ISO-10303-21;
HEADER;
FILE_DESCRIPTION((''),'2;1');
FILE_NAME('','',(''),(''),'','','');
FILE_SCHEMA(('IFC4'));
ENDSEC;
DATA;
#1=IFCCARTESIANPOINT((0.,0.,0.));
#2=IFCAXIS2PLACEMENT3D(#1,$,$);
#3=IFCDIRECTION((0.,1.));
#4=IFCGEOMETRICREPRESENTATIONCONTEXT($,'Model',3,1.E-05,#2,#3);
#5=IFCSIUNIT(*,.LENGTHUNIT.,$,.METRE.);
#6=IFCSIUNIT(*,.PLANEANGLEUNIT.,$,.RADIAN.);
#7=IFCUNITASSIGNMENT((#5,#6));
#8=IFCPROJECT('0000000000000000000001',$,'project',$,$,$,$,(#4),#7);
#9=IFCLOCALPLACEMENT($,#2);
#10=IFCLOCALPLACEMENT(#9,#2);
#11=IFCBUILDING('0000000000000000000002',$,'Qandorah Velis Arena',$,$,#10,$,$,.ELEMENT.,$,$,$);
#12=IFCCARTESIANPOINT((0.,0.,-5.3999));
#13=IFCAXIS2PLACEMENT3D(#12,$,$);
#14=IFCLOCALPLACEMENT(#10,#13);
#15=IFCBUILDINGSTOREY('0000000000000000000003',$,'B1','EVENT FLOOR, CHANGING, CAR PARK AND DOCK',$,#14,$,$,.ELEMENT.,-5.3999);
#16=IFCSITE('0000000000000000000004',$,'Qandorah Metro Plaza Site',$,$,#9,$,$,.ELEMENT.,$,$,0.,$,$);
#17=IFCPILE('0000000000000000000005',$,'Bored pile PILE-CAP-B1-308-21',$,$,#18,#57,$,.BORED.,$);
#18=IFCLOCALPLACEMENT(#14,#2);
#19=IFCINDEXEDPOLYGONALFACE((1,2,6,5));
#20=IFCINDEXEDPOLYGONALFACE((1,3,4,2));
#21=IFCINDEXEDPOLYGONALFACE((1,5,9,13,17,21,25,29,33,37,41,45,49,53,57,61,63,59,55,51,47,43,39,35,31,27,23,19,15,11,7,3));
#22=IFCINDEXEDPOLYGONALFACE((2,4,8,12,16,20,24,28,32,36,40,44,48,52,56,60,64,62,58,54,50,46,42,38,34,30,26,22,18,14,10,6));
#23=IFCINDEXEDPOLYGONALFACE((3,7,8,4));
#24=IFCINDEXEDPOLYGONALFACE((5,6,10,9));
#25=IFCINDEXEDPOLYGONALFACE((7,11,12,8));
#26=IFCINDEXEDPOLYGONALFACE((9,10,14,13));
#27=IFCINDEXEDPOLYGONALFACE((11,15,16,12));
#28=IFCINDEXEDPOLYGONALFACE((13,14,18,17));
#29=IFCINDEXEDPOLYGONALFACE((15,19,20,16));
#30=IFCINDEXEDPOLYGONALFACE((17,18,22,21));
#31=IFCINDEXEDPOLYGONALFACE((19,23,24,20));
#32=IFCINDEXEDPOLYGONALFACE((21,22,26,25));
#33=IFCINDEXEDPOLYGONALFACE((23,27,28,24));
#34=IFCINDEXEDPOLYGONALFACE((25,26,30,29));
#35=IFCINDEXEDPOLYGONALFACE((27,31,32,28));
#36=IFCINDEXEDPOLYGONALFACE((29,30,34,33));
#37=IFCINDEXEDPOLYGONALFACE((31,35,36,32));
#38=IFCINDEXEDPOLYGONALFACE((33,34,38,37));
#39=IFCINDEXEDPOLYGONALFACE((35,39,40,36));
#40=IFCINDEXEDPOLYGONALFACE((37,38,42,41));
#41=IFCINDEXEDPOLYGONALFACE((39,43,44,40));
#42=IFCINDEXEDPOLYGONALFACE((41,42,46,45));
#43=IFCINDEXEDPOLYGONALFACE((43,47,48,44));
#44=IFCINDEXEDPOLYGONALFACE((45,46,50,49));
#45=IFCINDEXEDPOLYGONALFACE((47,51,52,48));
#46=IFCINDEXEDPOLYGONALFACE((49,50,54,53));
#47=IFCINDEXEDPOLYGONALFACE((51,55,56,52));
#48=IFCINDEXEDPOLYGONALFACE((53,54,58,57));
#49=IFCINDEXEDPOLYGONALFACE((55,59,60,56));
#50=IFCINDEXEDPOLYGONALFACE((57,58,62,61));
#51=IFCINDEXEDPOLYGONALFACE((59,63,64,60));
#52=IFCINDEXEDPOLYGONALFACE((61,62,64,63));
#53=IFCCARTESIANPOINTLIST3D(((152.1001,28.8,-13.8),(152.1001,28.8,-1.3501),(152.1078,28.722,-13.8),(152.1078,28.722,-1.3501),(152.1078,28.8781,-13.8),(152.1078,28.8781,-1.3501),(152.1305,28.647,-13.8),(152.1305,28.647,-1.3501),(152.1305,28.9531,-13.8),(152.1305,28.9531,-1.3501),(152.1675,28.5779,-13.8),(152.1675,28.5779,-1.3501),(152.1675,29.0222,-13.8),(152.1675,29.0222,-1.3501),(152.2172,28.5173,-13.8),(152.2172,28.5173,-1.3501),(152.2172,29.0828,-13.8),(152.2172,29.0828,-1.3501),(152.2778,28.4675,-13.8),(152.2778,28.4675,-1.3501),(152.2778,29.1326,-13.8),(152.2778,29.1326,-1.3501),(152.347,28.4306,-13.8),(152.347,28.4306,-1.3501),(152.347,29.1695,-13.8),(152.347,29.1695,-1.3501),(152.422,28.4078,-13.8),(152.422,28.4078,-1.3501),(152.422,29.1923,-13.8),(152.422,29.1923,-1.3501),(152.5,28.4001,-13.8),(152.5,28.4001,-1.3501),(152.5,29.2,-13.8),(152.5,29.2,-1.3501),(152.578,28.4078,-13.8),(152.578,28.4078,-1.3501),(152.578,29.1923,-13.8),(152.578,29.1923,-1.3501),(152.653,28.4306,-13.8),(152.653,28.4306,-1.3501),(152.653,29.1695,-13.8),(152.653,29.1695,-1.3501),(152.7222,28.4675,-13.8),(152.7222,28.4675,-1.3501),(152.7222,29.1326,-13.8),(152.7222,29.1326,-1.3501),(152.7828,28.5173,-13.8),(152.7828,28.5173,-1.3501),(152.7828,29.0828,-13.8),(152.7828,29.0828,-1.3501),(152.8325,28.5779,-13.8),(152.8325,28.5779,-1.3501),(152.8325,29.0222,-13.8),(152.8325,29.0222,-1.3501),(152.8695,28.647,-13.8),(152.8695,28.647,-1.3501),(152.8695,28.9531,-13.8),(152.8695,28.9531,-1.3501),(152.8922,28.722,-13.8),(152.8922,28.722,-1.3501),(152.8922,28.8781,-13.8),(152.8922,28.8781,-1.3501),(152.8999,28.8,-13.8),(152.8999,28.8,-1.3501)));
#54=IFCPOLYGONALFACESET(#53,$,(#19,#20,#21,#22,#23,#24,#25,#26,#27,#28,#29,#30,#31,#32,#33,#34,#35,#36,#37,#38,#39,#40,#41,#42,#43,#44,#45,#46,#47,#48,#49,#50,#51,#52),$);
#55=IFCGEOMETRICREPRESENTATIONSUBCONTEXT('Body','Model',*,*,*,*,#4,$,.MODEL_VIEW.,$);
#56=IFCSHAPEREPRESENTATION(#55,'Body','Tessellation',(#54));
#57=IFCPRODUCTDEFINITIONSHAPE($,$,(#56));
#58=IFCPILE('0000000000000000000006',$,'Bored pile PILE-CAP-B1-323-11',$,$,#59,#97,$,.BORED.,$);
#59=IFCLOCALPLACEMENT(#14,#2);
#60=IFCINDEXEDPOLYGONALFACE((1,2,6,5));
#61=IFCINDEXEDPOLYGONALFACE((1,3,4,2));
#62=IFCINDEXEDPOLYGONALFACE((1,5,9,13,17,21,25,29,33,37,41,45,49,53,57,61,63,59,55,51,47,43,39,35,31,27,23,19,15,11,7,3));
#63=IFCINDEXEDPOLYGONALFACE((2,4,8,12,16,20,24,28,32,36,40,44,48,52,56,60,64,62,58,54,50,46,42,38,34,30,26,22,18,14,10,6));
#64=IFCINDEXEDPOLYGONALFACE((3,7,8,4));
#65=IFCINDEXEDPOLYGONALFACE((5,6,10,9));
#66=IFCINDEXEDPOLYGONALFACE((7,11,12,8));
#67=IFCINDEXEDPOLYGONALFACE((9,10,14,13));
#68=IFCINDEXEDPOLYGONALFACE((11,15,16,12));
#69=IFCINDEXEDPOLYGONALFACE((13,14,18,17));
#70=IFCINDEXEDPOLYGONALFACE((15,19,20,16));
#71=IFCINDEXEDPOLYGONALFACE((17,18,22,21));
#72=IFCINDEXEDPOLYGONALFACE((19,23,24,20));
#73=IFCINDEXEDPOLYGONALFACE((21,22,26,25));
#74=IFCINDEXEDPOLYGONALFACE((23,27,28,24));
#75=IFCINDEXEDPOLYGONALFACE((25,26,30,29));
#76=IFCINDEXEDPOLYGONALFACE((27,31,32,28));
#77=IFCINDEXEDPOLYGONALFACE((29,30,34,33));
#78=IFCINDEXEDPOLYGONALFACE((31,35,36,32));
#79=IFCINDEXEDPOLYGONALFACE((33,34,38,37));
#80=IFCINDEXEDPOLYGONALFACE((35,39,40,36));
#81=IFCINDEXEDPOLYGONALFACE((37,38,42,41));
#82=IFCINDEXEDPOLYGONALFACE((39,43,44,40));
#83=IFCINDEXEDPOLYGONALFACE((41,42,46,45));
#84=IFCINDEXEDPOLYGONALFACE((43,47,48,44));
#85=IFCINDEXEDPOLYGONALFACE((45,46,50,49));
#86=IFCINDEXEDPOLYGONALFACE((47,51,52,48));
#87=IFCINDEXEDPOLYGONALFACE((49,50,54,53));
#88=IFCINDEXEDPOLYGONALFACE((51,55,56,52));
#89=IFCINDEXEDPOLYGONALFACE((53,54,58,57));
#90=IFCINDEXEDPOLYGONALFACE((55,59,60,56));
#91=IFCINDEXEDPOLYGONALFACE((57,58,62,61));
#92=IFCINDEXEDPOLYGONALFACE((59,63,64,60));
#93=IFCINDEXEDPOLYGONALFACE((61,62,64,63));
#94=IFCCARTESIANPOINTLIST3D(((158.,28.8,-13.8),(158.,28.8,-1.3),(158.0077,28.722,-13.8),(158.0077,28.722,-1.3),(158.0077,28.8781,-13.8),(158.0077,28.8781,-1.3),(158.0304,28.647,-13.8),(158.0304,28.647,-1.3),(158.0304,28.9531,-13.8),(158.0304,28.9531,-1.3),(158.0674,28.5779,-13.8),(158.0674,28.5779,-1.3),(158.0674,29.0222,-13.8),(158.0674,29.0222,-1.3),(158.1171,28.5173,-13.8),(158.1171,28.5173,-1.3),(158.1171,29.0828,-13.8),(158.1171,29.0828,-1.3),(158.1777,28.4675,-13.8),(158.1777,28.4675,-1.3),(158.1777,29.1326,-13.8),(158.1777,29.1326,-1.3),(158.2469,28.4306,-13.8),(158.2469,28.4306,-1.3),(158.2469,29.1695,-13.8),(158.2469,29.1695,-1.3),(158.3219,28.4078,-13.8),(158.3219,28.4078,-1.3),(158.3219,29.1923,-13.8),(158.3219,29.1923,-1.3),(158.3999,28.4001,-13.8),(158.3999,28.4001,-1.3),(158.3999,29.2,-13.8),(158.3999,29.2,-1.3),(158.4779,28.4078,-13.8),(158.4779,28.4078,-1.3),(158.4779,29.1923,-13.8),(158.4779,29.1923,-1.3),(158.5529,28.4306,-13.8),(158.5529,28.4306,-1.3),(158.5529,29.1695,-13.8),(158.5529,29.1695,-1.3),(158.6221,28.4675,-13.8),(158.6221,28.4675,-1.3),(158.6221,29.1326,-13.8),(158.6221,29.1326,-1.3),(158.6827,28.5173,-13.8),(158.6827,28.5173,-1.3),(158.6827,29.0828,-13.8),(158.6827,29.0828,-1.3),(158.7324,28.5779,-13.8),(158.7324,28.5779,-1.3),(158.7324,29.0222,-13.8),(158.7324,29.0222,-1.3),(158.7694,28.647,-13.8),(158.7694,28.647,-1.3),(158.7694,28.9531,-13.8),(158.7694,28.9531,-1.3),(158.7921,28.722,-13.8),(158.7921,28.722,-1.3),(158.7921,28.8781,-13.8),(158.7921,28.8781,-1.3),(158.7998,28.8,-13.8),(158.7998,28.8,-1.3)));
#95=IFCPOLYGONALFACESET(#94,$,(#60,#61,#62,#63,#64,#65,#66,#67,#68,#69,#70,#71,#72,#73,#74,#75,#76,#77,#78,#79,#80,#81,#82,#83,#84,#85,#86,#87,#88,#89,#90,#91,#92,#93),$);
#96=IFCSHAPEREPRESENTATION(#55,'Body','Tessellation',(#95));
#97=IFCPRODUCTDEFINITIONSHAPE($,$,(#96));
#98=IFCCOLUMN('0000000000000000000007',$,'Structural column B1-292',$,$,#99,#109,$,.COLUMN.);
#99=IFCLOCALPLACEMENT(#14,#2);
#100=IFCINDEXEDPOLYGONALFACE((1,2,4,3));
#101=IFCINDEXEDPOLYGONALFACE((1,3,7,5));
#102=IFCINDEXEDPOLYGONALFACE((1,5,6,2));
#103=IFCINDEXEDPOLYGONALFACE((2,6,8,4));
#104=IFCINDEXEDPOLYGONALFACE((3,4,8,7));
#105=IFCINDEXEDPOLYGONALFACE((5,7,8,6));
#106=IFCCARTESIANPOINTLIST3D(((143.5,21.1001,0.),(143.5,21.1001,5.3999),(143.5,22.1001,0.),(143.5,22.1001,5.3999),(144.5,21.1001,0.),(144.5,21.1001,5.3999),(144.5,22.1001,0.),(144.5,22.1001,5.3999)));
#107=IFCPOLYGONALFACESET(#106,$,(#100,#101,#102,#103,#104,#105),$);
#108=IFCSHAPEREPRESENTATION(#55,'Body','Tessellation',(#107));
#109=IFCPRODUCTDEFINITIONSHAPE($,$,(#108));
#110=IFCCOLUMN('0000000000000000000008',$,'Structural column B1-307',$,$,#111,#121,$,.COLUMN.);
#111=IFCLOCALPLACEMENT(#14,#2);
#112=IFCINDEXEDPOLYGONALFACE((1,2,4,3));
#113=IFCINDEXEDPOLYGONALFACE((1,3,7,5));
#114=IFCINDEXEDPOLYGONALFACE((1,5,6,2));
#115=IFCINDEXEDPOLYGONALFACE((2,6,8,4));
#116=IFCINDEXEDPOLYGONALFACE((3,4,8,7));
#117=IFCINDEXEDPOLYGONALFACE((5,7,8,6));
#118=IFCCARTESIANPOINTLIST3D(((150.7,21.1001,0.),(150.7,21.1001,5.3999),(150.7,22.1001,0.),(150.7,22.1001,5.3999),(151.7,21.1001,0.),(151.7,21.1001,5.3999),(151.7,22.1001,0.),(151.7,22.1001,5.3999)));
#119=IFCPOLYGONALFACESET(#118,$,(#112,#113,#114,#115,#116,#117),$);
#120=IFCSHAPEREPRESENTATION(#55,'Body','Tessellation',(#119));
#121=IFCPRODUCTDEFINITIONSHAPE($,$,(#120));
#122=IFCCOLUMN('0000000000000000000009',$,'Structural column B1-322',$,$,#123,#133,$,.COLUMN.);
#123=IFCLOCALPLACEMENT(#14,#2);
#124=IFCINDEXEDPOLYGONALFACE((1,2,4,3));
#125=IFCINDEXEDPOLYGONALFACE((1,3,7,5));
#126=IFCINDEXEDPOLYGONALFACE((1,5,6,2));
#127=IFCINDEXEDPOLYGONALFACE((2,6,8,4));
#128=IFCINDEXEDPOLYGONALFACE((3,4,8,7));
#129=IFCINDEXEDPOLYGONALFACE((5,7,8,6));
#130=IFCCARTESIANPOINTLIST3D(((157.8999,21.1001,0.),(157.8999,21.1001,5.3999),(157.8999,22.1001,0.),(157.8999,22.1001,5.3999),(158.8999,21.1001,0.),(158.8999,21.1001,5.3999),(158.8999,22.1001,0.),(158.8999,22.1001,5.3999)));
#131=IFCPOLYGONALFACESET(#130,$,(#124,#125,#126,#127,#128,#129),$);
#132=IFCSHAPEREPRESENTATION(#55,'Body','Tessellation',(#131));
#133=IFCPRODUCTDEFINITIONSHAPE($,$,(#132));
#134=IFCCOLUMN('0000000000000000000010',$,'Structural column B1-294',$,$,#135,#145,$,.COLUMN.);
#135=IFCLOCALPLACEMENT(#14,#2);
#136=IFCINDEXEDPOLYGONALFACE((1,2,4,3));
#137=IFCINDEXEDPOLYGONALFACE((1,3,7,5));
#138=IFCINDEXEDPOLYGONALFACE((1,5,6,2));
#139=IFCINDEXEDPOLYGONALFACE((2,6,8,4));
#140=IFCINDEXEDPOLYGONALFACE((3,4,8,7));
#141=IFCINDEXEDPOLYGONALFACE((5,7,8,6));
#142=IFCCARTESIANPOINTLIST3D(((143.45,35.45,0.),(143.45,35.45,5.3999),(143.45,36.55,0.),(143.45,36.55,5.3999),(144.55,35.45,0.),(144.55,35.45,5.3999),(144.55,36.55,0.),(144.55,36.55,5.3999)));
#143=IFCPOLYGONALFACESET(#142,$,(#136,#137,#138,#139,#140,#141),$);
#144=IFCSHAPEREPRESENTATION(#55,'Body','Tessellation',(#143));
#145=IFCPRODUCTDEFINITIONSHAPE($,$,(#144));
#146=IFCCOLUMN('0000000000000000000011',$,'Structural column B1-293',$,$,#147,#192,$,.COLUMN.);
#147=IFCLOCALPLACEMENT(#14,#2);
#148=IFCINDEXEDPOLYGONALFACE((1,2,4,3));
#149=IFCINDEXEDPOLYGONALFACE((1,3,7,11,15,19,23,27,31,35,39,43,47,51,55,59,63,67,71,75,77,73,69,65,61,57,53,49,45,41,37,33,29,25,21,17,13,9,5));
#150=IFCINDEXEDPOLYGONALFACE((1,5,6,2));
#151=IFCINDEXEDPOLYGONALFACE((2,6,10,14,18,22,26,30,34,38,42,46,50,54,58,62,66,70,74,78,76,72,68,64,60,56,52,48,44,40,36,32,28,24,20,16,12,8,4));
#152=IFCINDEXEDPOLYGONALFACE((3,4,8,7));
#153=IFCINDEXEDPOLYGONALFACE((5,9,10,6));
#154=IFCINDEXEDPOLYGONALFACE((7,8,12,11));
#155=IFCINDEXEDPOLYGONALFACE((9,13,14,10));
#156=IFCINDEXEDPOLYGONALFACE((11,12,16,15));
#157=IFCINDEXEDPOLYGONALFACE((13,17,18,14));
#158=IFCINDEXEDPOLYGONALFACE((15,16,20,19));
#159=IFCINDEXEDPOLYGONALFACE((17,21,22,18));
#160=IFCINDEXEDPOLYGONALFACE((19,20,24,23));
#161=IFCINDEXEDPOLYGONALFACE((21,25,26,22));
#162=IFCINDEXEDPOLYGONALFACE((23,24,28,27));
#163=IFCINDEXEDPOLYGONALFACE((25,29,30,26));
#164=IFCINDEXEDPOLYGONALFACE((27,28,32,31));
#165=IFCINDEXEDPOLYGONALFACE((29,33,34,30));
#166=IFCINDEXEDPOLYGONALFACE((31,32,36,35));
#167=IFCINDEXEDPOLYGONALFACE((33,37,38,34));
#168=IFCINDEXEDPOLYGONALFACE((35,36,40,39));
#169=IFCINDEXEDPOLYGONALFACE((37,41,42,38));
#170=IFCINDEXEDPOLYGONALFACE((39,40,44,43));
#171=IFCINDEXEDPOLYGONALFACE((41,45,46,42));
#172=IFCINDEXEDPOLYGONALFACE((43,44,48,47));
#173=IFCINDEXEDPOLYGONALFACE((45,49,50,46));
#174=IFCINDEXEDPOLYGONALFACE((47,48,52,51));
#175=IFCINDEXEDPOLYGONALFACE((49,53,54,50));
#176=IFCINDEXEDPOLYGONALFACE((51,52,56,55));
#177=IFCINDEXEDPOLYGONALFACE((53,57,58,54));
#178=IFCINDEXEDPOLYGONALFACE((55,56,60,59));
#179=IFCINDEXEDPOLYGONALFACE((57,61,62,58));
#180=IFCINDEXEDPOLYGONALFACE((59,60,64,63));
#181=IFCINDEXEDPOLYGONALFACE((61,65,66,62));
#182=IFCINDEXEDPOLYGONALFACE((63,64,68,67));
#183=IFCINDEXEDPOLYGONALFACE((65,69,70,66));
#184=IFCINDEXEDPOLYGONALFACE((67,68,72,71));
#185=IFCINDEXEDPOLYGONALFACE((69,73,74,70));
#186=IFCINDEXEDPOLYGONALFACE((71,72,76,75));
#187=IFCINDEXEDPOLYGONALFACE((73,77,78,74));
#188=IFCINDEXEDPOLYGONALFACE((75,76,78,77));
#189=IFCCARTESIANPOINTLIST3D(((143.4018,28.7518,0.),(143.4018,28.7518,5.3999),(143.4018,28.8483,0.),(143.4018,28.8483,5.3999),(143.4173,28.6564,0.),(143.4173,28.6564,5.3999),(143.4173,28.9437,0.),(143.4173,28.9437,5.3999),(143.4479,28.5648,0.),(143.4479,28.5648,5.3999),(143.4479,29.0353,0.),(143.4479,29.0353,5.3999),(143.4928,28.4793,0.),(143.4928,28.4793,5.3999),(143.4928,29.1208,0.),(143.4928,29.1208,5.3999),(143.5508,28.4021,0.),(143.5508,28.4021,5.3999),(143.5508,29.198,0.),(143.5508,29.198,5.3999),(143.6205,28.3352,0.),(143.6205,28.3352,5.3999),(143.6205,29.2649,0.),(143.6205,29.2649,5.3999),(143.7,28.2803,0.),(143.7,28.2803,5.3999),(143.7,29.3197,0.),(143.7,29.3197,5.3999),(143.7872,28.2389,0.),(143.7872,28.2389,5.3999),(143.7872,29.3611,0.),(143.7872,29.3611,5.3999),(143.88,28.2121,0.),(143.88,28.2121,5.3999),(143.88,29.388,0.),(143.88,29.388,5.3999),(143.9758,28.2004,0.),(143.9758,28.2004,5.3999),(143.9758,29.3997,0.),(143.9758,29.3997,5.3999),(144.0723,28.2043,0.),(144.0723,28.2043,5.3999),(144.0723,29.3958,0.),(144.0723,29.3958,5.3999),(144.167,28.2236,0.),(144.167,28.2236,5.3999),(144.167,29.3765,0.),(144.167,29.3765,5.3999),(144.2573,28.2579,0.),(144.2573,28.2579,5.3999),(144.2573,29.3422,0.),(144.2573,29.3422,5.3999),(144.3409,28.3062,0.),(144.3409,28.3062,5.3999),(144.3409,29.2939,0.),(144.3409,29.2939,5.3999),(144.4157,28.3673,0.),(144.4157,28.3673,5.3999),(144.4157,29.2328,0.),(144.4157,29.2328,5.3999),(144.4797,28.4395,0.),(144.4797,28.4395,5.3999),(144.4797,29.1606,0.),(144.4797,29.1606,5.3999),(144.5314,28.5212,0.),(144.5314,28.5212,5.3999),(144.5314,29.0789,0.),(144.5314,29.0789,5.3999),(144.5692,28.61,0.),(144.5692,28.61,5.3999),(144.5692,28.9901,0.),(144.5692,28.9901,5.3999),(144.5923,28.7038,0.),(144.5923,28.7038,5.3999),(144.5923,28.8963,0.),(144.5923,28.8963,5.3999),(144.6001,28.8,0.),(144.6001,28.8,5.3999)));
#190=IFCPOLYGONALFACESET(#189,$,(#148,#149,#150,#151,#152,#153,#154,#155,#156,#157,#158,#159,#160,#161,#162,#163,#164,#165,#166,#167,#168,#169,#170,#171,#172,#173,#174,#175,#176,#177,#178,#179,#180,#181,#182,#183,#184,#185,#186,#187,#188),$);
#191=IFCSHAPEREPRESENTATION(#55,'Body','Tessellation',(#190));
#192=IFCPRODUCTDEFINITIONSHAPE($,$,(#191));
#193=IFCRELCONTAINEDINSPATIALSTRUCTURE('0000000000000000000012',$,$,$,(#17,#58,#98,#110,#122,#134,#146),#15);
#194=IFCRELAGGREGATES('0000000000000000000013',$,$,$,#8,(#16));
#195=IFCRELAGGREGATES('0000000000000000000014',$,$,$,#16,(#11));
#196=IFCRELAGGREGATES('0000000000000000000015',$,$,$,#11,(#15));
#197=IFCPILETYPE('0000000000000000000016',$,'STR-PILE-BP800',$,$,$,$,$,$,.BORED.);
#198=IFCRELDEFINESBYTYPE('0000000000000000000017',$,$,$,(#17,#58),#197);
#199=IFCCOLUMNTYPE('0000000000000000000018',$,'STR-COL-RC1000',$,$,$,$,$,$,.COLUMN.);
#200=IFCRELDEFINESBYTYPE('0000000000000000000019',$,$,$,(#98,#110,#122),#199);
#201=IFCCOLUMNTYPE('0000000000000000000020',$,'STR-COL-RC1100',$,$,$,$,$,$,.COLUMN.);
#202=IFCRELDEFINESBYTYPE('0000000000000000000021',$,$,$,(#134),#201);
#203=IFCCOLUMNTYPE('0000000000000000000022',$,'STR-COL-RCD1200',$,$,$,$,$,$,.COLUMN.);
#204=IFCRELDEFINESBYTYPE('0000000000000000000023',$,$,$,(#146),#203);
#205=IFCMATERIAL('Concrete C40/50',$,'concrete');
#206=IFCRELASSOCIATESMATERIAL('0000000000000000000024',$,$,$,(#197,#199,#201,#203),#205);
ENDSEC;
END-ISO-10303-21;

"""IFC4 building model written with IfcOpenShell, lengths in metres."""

from ifc_helpers import new_model, si_unit, direction, frame, origin, origin_2d, place, context, subcontext, project, spatial, rectangle, circle, extrude, material, material_profile, profile_set, type_object, element, save


model = new_model("IFC4")

# Units and contexts
model_context = context("Model", 3, precision=1e-05, world=origin(), true_north=direction((0.0, 1.0)))
body_context = subcontext(model_context, "Body", "Model", "MODEL_VIEW")
ifc_project = project(units=[si_unit("LENGTHUNIT", "METRE"), si_unit("PLANEANGLEUNIT", "RADIAN")], contexts=[model_context])

# Site, building, storey
site_placement = place(None, origin())
site = spatial("IfcSite", under=ifc_project, at=site_placement, Name="Qandorah Metro Plaza Site", CompositionType="ELEMENT", RefElevation=0.0)
building_placement = place(site_placement, origin())
building = spatial("IfcBuilding", under=site, at=building_placement, Name="Qandorah Velis Arena", CompositionType="ELEMENT")
storey_placement = place(building_placement, frame((0.0, 0.0, -5.3999)))
storey = spatial("IfcBuildingStorey", under=building, at=storey_placement, Name="B1", Description="EVENT FLOOR, CHANGING, CAR PARK AND DOCK", CompositionType="ELEMENT", Elevation=-5.3999)

# Shared definitions
ifc_material = material(Name="Concrete C40/50", Category="concrete")

# Piles
ifc_material_profile_1 = material_profile(ifc_material, circle(Radius=0.3999, at=origin_2d()), Name="BORED PILE D800")
ifc_profile_set_1 = profile_set([ifc_material_profile_1], Name="Concrete C40/50")
pile_type_1 = type_object("IfcPileType", Name="STR-PILE-BP800", PredefinedType="BORED", material=ifc_profile_set_1)
for number, where, z_axis, x_axis, name in (
    (1, (152.5, 28.8, -1.3501), (0.0, 0.0, -1.0), (1.0, 0.0, 0.0), "Bored pile PILE-CAP-B1-308-21"),
):
    element("IfcPile", number, at=place(storey_placement, frame(where, z_axis=z_axis, x_axis=x_axis)), inside=storey, type_object=pile_type_1, Name=name, PredefinedType="BORED", context=body_context, shape_type="SweptSolid", body=[
        extrude(circle(Radius=0.3999, at=origin_2d()), origin(), (0.0, 0.0, 1.0), 12.45),
    ])
pile_1_placement = place(storey_placement, frame((158.3999, 28.8, -1.3), z_axis=(0.0, 0.0, -1.0), x_axis=(1.0, 0.0, 0.0)))
element("IfcPile", 2, at=pile_1_placement, inside=storey, type_object=pile_type_1, Name="Bored pile PILE-CAP-B1-323-11", PredefinedType="BORED", context=body_context, shape_type="SweptSolid", body=[
    extrude(circle(Radius=0.3999, at=origin_2d()), origin(), (0.0, 0.0, 1.0), 12.5),
])

# Columns
ifc_material_profile_2 = material_profile(ifc_material, rectangle(XDim=1.0, YDim=1.0, at=origin_2d()), Name="RC COL 1000x1000")
ifc_profile_set_2 = profile_set([ifc_material_profile_2], Name="Concrete C40/50")
column_type_1 = type_object("IfcColumnType", Name="STR-COL-RC1000", PredefinedType="COLUMN", material=ifc_profile_set_2)
for number, where, z_axis, x_axis, name in (
    (3, (144.0, 21.6001, 0.0), (0.0, 0.0, 1.0), (1.0, 0.0, 0.0), "Structural column B1-292"),
    (4, (151.2, 21.6001, 0.0), (0.0, 0.0, 1.0), (1.0, 0.0, 0.0), "Structural column B1-307"),
    (5, (158.3999, 21.6001, 0.0), (0.0, 0.0, 1.0), (1.0, 0.0, 0.0), "Structural column B1-322"),
):
    element("IfcColumn", number, at=place(storey_placement, frame(where, z_axis=z_axis, x_axis=x_axis)), inside=storey, type_object=column_type_1, Name=name, PredefinedType="COLUMN", context=body_context, shape_type="SweptSolid", body=[
        extrude(rectangle(XDim=1.0, YDim=1.0, at=origin_2d()), origin(), (0.0, 0.0, 1.0), 5.3999),
    ])
ifc_material_profile_3 = material_profile(ifc_material, rectangle(XDim=1.1001, YDim=1.1001, at=origin_2d()), Name="RC COL 1100x1100")
ifc_profile_set_3 = profile_set([ifc_material_profile_3], Name="Concrete C40/50")
column_type_2 = type_object("IfcColumnType", Name="STR-COL-RC1100", PredefinedType="COLUMN", material=ifc_profile_set_3)
column_placement = place(storey_placement, frame((144.0, 36.0, 0.0), z_axis=(0.0, 0.0, 1.0), x_axis=(1.0, 0.0, 0.0)))
element("IfcColumn", 6, at=column_placement, inside=storey, type_object=column_type_2, Name="Structural column B1-294", PredefinedType="COLUMN", context=body_context, shape_type="SweptSolid", body=[
    extrude(rectangle(XDim=1.1001, YDim=1.1001, at=origin_2d()), origin(), (0.0, 0.0, 1.0), 5.3999),
])
ifc_material_profile_4 = material_profile(ifc_material, circle(Radius=0.6001, at=origin_2d()), Name="RC D1200")
ifc_profile_set_4 = profile_set([ifc_material_profile_4], Name="Concrete C40/50")
column_type_3 = type_object("IfcColumnType", Name="STR-COL-RCD1200", PredefinedType="COLUMN", material=ifc_profile_set_4)
for number, where, z_axis, x_axis, name in (
    (7, (144.0, 28.8, 0.0), (0.0, 0.0, 1.0), (1.0, 0.0, 0.0), "Structural column B1-293"),
):
    element("IfcColumn", number, at=place(storey_placement, frame(where, z_axis=z_axis, x_axis=x_axis)), inside=storey, type_object=column_type_3, Name=name, PredefinedType="COLUMN", context=body_context, shape_type="SweptSolid", body=[
        extrude(circle(Radius=0.6001, at=origin_2d()), origin(), (0.0, 0.0, 1.0), 5.3999),
    ])

save(model, "model.ifc")
